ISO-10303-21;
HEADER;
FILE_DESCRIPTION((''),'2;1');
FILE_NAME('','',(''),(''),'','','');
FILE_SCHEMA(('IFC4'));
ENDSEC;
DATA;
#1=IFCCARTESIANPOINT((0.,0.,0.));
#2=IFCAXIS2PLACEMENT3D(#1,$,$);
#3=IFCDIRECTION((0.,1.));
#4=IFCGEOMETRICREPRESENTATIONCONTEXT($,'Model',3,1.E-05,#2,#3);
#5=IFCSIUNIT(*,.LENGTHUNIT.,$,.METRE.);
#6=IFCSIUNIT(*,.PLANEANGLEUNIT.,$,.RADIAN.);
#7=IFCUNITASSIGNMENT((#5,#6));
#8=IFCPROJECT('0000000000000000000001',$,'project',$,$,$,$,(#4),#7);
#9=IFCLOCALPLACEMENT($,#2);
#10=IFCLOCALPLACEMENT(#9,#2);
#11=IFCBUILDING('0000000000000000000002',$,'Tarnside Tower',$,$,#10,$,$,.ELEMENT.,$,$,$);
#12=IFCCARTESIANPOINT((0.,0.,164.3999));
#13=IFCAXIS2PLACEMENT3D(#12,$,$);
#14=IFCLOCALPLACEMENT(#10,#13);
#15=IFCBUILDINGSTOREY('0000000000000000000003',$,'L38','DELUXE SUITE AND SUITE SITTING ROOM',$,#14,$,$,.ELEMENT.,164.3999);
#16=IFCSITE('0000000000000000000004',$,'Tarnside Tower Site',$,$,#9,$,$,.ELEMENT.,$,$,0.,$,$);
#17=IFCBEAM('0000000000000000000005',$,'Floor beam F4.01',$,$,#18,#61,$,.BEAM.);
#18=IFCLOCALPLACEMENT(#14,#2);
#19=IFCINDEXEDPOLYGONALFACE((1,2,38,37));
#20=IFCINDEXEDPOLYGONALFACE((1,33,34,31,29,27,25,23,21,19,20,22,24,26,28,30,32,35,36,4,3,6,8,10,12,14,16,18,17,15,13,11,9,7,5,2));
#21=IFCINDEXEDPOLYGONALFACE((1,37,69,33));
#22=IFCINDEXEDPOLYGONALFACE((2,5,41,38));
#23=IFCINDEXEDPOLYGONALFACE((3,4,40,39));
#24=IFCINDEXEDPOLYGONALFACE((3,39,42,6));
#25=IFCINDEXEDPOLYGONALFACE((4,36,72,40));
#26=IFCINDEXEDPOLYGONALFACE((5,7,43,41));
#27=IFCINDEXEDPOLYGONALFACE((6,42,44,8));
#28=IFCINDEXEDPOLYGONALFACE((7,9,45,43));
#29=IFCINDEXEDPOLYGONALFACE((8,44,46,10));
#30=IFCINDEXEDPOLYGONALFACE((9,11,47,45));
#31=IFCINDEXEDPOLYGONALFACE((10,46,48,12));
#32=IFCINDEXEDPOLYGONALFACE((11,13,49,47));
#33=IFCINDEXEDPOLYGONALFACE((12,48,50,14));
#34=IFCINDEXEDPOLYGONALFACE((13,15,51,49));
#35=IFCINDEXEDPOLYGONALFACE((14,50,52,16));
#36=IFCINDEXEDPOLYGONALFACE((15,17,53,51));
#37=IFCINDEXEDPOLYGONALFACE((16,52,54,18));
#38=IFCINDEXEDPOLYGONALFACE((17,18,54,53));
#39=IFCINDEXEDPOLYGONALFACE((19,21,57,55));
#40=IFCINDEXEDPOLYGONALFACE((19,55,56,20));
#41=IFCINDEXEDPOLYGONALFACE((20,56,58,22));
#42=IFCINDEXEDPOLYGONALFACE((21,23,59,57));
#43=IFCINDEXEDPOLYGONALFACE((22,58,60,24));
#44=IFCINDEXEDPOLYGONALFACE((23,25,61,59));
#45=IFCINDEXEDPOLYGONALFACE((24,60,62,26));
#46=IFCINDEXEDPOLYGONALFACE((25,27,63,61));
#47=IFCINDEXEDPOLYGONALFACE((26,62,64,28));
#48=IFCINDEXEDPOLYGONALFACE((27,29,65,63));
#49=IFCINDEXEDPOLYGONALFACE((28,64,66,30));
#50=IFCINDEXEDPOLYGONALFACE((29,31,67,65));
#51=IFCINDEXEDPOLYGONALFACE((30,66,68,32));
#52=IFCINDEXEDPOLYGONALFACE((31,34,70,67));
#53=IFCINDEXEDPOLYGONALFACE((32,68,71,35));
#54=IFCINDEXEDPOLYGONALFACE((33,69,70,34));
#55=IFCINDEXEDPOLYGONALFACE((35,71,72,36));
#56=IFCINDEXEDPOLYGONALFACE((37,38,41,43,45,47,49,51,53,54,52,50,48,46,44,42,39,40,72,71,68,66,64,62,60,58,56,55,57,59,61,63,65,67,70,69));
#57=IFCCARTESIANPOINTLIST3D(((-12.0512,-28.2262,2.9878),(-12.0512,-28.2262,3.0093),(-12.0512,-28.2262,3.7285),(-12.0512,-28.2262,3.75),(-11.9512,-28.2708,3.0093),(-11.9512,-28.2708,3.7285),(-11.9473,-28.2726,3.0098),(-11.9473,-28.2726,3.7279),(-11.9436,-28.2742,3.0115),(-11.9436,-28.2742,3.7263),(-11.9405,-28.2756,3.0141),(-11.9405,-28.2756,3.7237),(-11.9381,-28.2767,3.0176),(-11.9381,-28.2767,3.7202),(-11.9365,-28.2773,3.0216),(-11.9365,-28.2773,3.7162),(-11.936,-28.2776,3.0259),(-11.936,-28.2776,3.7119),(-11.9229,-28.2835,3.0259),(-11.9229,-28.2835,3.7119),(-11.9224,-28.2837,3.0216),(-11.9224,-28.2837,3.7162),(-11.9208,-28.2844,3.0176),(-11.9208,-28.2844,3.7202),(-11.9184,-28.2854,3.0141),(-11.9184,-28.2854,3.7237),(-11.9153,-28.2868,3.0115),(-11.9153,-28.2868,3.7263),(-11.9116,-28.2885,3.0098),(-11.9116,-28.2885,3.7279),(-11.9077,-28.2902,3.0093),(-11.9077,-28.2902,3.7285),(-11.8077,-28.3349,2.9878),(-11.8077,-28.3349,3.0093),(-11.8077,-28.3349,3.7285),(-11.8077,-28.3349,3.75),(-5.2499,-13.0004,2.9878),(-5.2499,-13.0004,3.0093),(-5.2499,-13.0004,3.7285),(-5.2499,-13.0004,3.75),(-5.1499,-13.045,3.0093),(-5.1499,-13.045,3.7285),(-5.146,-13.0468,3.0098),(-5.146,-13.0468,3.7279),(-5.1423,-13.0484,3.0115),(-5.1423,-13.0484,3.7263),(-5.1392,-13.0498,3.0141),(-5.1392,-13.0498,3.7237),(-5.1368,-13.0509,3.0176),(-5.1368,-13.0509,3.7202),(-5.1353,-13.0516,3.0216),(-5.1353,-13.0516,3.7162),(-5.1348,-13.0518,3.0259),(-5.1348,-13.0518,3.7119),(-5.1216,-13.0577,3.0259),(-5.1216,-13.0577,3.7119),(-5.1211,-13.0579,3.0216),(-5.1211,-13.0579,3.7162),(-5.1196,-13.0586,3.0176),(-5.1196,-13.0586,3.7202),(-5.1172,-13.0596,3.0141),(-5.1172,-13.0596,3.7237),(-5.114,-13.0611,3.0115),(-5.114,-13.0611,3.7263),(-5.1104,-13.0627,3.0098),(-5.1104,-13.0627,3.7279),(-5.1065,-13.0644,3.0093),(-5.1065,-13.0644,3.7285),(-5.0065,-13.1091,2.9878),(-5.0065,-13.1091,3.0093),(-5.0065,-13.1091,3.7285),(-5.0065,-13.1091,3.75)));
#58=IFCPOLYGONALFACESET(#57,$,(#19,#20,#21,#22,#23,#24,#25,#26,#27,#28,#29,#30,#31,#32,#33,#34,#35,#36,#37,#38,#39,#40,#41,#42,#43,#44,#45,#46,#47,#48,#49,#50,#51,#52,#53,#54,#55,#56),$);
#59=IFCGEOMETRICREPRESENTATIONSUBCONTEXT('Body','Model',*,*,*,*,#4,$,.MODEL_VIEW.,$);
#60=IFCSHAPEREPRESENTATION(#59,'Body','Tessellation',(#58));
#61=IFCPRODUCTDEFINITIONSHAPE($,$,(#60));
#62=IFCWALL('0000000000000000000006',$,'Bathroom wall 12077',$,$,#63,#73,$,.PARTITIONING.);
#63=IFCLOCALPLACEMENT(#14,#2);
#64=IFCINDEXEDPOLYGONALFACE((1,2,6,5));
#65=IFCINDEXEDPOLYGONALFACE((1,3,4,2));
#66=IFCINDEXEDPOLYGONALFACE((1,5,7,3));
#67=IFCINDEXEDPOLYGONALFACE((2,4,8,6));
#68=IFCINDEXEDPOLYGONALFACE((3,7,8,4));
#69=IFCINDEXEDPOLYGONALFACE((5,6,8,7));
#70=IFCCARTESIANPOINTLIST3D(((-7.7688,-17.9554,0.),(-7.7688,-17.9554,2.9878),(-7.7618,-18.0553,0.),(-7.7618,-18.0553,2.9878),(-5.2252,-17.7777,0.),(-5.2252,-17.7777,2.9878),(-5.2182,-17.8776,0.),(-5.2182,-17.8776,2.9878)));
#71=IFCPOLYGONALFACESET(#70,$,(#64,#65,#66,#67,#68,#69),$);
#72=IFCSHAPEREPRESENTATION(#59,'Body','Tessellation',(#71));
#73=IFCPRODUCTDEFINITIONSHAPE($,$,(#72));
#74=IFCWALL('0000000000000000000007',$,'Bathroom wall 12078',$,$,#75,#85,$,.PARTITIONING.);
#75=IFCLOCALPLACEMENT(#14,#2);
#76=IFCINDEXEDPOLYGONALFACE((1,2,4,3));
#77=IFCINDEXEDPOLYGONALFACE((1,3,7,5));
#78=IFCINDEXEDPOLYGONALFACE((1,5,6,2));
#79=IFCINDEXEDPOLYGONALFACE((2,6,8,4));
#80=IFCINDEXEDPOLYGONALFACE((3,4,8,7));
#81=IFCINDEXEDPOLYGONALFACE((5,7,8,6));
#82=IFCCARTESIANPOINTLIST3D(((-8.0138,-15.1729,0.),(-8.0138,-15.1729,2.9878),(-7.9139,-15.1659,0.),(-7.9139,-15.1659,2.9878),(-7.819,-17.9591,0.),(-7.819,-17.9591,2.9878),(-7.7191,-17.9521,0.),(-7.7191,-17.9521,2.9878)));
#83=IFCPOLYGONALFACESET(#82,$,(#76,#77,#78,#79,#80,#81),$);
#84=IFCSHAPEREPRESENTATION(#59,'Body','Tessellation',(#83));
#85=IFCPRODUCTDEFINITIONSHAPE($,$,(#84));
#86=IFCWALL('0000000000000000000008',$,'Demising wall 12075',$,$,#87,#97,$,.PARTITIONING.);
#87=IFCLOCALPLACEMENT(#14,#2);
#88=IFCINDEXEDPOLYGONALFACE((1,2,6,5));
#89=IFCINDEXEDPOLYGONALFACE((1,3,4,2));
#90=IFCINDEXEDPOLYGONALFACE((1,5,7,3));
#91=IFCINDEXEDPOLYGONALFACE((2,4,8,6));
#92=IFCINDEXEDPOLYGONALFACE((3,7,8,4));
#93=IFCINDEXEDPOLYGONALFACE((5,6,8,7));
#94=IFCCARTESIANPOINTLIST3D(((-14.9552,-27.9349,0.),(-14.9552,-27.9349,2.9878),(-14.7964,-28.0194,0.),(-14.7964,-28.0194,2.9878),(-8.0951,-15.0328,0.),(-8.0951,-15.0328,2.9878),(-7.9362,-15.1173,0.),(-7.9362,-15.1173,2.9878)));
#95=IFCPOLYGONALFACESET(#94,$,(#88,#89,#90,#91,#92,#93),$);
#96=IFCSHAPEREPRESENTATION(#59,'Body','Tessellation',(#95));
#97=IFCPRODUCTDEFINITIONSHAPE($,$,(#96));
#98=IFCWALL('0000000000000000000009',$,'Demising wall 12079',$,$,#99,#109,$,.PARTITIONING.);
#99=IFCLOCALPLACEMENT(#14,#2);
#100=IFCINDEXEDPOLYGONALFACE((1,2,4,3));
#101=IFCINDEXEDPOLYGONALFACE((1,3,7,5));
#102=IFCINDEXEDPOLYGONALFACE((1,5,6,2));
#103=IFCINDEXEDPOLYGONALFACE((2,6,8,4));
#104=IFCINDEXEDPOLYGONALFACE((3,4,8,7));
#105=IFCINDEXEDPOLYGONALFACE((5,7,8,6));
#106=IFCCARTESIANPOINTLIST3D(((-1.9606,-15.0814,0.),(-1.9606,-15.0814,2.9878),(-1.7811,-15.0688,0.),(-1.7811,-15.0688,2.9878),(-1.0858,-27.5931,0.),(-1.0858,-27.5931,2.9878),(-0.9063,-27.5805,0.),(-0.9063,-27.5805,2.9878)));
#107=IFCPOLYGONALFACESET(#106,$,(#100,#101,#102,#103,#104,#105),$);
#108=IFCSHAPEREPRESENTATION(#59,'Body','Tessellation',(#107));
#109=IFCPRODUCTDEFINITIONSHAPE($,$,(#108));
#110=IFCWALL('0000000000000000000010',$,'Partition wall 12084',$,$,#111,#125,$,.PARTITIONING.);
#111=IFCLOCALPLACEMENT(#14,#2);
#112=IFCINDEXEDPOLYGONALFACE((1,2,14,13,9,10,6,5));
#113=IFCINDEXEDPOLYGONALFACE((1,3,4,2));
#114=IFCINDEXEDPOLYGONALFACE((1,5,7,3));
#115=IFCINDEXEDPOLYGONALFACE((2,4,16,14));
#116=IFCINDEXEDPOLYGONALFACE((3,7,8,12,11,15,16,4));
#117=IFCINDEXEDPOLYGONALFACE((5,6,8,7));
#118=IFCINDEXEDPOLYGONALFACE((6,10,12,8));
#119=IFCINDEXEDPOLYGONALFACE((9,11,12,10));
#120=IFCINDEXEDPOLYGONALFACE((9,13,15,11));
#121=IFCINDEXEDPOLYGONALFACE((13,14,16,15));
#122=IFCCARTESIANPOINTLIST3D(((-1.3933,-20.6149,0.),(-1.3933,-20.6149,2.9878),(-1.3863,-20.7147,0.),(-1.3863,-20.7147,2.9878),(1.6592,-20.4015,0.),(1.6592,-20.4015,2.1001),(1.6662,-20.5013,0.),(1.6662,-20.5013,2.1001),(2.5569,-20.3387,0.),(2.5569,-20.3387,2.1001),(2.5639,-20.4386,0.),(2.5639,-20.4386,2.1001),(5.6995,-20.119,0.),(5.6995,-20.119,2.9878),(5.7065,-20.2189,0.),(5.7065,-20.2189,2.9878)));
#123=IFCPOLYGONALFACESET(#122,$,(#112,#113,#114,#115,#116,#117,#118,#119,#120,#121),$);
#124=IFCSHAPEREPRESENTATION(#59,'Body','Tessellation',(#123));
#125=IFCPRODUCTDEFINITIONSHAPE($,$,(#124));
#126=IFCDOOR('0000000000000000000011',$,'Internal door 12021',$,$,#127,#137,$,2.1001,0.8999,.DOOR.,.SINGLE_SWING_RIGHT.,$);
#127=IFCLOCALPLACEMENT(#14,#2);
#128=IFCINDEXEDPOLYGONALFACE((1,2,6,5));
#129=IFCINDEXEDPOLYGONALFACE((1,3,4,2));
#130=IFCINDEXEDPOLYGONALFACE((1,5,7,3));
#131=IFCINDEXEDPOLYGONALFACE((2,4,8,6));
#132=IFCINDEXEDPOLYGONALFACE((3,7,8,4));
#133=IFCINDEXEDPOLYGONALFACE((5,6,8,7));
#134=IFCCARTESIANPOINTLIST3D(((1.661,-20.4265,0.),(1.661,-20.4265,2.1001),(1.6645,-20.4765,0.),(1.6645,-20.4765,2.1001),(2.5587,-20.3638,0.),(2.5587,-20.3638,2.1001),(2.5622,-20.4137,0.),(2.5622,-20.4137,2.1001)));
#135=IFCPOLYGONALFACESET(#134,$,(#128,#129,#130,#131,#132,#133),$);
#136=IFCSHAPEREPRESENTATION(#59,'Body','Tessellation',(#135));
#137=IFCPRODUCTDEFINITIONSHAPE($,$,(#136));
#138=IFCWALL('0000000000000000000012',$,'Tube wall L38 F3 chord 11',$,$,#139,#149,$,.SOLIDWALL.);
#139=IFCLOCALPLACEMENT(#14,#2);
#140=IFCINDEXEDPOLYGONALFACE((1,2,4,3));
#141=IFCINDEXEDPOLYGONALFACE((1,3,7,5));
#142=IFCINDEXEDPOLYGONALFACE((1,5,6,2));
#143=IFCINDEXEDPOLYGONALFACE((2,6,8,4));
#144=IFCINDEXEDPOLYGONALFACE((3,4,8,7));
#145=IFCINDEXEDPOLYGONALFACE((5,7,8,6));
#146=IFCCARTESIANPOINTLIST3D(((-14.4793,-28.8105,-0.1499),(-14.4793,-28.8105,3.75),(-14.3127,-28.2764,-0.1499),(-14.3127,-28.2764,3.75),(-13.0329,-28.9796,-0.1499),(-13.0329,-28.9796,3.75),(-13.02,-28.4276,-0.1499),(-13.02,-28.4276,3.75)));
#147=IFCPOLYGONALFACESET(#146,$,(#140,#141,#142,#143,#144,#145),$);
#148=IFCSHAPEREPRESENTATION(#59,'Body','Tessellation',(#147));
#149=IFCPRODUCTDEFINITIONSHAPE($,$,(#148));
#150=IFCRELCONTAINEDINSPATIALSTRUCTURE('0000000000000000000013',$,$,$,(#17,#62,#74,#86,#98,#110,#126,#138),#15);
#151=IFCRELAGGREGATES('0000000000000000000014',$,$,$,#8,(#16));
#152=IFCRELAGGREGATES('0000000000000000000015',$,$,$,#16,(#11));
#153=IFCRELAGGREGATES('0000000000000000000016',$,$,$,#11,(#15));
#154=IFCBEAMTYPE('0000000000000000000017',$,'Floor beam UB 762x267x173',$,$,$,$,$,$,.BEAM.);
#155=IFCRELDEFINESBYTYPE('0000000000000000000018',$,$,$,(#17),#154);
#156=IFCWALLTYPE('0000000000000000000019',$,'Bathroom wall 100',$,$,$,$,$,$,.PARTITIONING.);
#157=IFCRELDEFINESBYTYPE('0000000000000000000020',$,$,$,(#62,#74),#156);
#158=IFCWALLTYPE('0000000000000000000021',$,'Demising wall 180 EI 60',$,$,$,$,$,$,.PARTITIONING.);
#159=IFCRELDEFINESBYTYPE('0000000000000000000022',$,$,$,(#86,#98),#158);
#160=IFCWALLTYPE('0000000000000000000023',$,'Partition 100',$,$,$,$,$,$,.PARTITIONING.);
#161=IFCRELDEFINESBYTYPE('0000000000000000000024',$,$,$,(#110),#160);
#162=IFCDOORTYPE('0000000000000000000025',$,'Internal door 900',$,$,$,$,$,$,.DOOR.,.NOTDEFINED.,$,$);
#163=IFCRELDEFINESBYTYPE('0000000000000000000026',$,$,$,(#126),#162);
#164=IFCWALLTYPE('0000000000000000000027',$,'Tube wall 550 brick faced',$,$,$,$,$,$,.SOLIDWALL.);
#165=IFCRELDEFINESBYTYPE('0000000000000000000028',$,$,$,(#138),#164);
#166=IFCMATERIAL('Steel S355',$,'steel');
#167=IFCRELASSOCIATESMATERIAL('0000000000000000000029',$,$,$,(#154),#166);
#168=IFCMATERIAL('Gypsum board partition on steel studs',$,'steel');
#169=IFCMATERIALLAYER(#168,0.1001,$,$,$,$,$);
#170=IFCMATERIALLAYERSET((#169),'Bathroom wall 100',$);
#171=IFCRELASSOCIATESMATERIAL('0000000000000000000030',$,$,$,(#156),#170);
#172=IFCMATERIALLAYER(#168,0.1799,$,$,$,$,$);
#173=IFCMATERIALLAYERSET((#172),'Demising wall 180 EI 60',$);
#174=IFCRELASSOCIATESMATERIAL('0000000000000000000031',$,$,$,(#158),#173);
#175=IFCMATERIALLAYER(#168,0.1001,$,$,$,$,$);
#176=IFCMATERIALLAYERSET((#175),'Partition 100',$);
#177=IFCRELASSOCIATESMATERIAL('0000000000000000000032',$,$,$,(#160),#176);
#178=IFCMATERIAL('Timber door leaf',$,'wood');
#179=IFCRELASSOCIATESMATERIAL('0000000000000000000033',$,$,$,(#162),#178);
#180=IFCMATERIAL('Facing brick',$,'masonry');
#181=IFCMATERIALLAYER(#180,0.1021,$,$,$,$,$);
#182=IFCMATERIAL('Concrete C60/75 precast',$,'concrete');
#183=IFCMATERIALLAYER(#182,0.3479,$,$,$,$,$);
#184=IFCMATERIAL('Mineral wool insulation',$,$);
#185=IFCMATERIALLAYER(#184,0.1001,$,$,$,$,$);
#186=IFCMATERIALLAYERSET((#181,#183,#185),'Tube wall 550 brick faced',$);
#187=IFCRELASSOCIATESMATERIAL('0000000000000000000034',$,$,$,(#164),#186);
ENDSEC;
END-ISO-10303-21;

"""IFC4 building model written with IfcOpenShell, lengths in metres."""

from ifc_helpers import new_model, si_unit, direction, frame, frame_2d, origin, origin_2d, place, context, subcontext, project, spatial, polyline, rectangle, i_section, outline, extrude, material, layer, layer_set, material_profile, profile_set, type_object, element, fill, save


model = new_model("IFC4")

# Units and contexts
model_context = context("Model", 3, precision=1e-05, world=origin(), true_north=direction((0.0, 1.0)))
body_context = subcontext(model_context, "Body", "Model", "MODEL_VIEW")
ifc_project = project(units=[si_unit("LENGTHUNIT", "METRE"), si_unit("PLANEANGLEUNIT", "RADIAN")], contexts=[model_context])

# Site, building, storey
site_placement = place(None, origin())
site = spatial("IfcSite", under=ifc_project, at=site_placement, Name="Tarnside Tower Site", CompositionType="ELEMENT", RefElevation=0.0)
building_placement = place(site_placement, origin())
building = spatial("IfcBuilding", under=site, at=building_placement, Name="Tarnside Tower", CompositionType="ELEMENT")
storey_placement = place(building_placement, frame((0.0, 0.0, 164.3999)))
storey = spatial("IfcBuildingStorey", under=building, at=storey_placement, Name="L38", Description="DELUXE SUITE AND SUITE SITTING ROOM", CompositionType="ELEMENT", Elevation=164.3999)

# Beam
ifc_material_1 = material(Name="Steel S355", Category="steel")
ifc_material_profile_1 = material_profile(ifc_material_1, i_section(OverallWidth=0.2666, OverallDepth=0.7622, WebThickness=0.0144, FlangeThickness=0.0215, FilletRadius=0.0166, at=origin_2d()), Name="UB 762x267x173")
ifc_profile_set_1 = profile_set([ifc_material_profile_1], Name="Steel S355")
beam_type_1 = type_object("IfcBeamType", Name="Floor beam UB 762x267x173", PredefinedType="BEAM", material=ifc_profile_set_1)
beam_1_placement = place(storey_placement, frame((-11.9294, -28.2805, 3.3689), z_axis=(0.407852, 0.913048, 0.0), x_axis=(-0.913048, 0.407852, 0.0)))
element("IfcBeam", 1, at=beam_1_placement, inside=storey, type_object=beam_type_1, Name="Floor beam F4.01", PredefinedType="BEAM", context=body_context, shape_type="SweptSolid", body=[
    extrude(i_section(OverallWidth=0.2666, OverallDepth=0.7622, WebThickness=0.0144, FlangeThickness=0.0215, FilletRadius=0.0166, at=origin_2d()), origin(), (0.0, 0.0, 1.0), 16.6758),
])

# Walls
ifc_material_2 = material(Name="Gypsum board partition on steel studs", Category="steel")
ifc_layer_1 = layer(ifc_material_2, 0.1001)
ifc_layer_set_1 = layer_set([ifc_layer_1], Name="Bathroom wall 100")
wall_type_1 = type_object("IfcWallType", Name="Bathroom wall 100", PredefinedType="PARTITIONING", material=ifc_layer_set_1)
wall_1_placement = place(storey_placement, frame((-5.2217, -17.8276, 0.0), z_axis=(0.0, 0.0, 1.0), x_axis=(-0.997568, -0.069702, 0.0)))
element("IfcWall", 2, at=wall_1_placement, inside=storey, type_object=wall_type_1, Name="Bathroom wall 12077", PredefinedType="PARTITIONING", context=body_context, shape_type="SweptSolid", body=[
    extrude(rectangle(XDim=2.5498, YDim=0.1001, at=frame_2d((1.2749, 0.0))), origin(), (0.0, 0.0, 1.0), 2.9878),
])
wall_2_placement = place(storey_placement, frame((-7.769, -17.9556, 0.0), z_axis=(0.0, 0.0, 1.0), x_axis=(-0.069756, 0.997564, 0.0)))
element("IfcWall", 3, at=wall_2_placement, inside=storey, type_object=wall_type_1, Name="Bathroom wall 12078", PredefinedType="PARTITIONING", context=body_context, shape_type="SweptSolid", body=[
    extrude(rectangle(XDim=2.793, YDim=0.1001, at=frame_2d((1.3965, 0.0))), origin(), (0.0, 0.0, 1.0), 2.9878),
])
ifc_layer_2 = layer(ifc_material_2, 0.1799)
ifc_layer_set_2 = layer_set([ifc_layer_2], Name="Demising wall 180 EI 60")
wall_type_2 = type_object("IfcWallType", Name="Demising wall 180 EI 60", PredefinedType="PARTITIONING", material=ifc_layer_set_2)
wall_3_placement = place(storey_placement, frame((-14.8757, -27.9771, 0.0), z_axis=(0.0, 0.0, 1.0), x_axis=(0.469468, 0.882949, 0.0)))
element("IfcWall", 4, at=wall_3_placement, inside=storey, type_object=wall_type_2, Name="Demising wall 12075", PredefinedType="PARTITIONING", context=body_context, shape_type="SweptSolid", body=[
    extrude(rectangle(XDim=14.6125, YDim=0.1799, at=frame_2d((7.3062, 0.0))), origin(), (0.0, 0.0, 1.0), 2.9878),
])
wall_4_placement = place(storey_placement, frame((-0.9961, -27.5867, 0.0), z_axis=(0.0, 0.0, 1.0), x_axis=(-0.069745, 0.997565, 0.0)))
element("IfcWall", 5, at=wall_4_placement, inside=storey, type_object=wall_type_2, Name="Demising wall 12079", PredefinedType="PARTITIONING", context=body_context, shape_type="SweptSolid", body=[
    extrude(rectangle(XDim=12.5422, YDim=0.1799, at=frame_2d((6.271, 0.0))), origin(), (0.0, 0.0, 1.0), 2.9878),
])

# Wall, opening, door
ifc_layer_3 = layer(ifc_material_2, 0.1001)
ifc_layer_set_3 = layer_set([ifc_layer_3], Name="Partition 100")
wall_type_3 = type_object("IfcWallType", Name="Partition 100", PredefinedType="PARTITIONING", material=ifc_layer_set_3)
wall_5_placement = place(storey_placement, frame((-1.3899, -20.6648, 0.0), z_axis=(0.0, 0.0, 1.0), x_axis=(0.997565, 0.069739, 0.0)))
wall_5 = element("IfcWall", 6, at=wall_5_placement, inside=storey, type_object=wall_type_3, Name="Partition wall 12084", PredefinedType="PARTITIONING", context=body_context, shape_type="SweptSolid", body=[
    extrude(rectangle(XDim=7.1101, YDim=0.1001, at=frame_2d((3.5552, 0.0))), origin(), (0.0, 0.0, 1.0), 2.9878),
])
opening_1_placement = place(wall_5_placement, frame((3.0601, 0.0, 0.0)))
opening_1 = element("IfcOpeningElement", 7, at=opening_1_placement, cuts=wall_5, PredefinedType="OPENING", context=body_context, shape_type="SweptSolid", body=[
    extrude(rectangle(XDim=0.8999, YDim=2.1001, at=frame_2d((0.45, 1.05))), frame((0.0, 0.0601, 0.0), z_axis=(0.0, -1.0, 0.0), x_axis=(1.0, 0.0, 0.0)), (0.0, 0.0, 1.0), 0.1201),
])
ifc_material_3 = material(Name="Timber door leaf", Category="wood")
door_type = type_object("IfcDoorType", Name="Internal door 900", OperationType="NOTDEFINED", PredefinedType="DOOR", material=ifc_material_3)
door_placement = place(opening_1_placement, origin())
door = element("IfcDoor", 8, at=door_placement, inside=storey, type_object=door_type, Name="Internal door 12021", OperationType="SINGLE_SWING_RIGHT", OverallHeight=2.1001, OverallWidth=0.8999, PredefinedType="DOOR", context=body_context, shape_type="SweptSolid", body=[
    extrude(rectangle(XDim=0.8999, YDim=2.1001, at=frame_2d((0.45, 1.05))), frame((0.0, 0.0249, 0.0), z_axis=(0.0, -1.0, 0.0), x_axis=(1.0, 0.0, 0.0)), (0.0, 0.0, 1.0), 0.05),
])
fill(opening_1, door)

# Wall
ifc_material_4 = material(Name="Facing brick", Category="masonry")
ifc_layer_4 = layer(ifc_material_4, 0.1021)
ifc_material_5 = material(Name="Concrete C60/75 precast", Category="concrete")
ifc_layer_5 = layer(ifc_material_5, 0.3479)
ifc_material_6 = material(Name="Mineral wool insulation")
ifc_layer_6 = layer(ifc_material_6, 0.1001)
ifc_layer_set_4 = layer_set([ifc_layer_4, ifc_layer_5, ifc_layer_6], Name="Tube wall 550 brick faced")
wall_type_4 = type_object("IfcWallType", Name="Tube wall 550 brick faced", PredefinedType="SOLIDWALL", material=ifc_layer_set_4)
wall_6_placement = place(storey_placement, frame((-14.396, -28.5435, -0.1499), z_axis=(0.0, 0.0, 1.0), x_axis=(0.993233, -0.116143, 0.0)))
element("IfcWall", 9, at=wall_6_placement, inside=storey, type_object=wall_type_4, Name="Tube wall L38 F3 chord 11", PredefinedType="SOLIDWALL", context=body_context, shape_type="SweptSolid", body=[
    extrude(outline(polyline([(-0.0518, -0.2749), (1.4045, -0.2749), (1.3533, 0.2749), (0.0518, 0.2749), (-0.0518, -0.2749)])), origin(), (0.0, 0.0, 1.0), 3.8999),
])

save(model, "model.ifc")
